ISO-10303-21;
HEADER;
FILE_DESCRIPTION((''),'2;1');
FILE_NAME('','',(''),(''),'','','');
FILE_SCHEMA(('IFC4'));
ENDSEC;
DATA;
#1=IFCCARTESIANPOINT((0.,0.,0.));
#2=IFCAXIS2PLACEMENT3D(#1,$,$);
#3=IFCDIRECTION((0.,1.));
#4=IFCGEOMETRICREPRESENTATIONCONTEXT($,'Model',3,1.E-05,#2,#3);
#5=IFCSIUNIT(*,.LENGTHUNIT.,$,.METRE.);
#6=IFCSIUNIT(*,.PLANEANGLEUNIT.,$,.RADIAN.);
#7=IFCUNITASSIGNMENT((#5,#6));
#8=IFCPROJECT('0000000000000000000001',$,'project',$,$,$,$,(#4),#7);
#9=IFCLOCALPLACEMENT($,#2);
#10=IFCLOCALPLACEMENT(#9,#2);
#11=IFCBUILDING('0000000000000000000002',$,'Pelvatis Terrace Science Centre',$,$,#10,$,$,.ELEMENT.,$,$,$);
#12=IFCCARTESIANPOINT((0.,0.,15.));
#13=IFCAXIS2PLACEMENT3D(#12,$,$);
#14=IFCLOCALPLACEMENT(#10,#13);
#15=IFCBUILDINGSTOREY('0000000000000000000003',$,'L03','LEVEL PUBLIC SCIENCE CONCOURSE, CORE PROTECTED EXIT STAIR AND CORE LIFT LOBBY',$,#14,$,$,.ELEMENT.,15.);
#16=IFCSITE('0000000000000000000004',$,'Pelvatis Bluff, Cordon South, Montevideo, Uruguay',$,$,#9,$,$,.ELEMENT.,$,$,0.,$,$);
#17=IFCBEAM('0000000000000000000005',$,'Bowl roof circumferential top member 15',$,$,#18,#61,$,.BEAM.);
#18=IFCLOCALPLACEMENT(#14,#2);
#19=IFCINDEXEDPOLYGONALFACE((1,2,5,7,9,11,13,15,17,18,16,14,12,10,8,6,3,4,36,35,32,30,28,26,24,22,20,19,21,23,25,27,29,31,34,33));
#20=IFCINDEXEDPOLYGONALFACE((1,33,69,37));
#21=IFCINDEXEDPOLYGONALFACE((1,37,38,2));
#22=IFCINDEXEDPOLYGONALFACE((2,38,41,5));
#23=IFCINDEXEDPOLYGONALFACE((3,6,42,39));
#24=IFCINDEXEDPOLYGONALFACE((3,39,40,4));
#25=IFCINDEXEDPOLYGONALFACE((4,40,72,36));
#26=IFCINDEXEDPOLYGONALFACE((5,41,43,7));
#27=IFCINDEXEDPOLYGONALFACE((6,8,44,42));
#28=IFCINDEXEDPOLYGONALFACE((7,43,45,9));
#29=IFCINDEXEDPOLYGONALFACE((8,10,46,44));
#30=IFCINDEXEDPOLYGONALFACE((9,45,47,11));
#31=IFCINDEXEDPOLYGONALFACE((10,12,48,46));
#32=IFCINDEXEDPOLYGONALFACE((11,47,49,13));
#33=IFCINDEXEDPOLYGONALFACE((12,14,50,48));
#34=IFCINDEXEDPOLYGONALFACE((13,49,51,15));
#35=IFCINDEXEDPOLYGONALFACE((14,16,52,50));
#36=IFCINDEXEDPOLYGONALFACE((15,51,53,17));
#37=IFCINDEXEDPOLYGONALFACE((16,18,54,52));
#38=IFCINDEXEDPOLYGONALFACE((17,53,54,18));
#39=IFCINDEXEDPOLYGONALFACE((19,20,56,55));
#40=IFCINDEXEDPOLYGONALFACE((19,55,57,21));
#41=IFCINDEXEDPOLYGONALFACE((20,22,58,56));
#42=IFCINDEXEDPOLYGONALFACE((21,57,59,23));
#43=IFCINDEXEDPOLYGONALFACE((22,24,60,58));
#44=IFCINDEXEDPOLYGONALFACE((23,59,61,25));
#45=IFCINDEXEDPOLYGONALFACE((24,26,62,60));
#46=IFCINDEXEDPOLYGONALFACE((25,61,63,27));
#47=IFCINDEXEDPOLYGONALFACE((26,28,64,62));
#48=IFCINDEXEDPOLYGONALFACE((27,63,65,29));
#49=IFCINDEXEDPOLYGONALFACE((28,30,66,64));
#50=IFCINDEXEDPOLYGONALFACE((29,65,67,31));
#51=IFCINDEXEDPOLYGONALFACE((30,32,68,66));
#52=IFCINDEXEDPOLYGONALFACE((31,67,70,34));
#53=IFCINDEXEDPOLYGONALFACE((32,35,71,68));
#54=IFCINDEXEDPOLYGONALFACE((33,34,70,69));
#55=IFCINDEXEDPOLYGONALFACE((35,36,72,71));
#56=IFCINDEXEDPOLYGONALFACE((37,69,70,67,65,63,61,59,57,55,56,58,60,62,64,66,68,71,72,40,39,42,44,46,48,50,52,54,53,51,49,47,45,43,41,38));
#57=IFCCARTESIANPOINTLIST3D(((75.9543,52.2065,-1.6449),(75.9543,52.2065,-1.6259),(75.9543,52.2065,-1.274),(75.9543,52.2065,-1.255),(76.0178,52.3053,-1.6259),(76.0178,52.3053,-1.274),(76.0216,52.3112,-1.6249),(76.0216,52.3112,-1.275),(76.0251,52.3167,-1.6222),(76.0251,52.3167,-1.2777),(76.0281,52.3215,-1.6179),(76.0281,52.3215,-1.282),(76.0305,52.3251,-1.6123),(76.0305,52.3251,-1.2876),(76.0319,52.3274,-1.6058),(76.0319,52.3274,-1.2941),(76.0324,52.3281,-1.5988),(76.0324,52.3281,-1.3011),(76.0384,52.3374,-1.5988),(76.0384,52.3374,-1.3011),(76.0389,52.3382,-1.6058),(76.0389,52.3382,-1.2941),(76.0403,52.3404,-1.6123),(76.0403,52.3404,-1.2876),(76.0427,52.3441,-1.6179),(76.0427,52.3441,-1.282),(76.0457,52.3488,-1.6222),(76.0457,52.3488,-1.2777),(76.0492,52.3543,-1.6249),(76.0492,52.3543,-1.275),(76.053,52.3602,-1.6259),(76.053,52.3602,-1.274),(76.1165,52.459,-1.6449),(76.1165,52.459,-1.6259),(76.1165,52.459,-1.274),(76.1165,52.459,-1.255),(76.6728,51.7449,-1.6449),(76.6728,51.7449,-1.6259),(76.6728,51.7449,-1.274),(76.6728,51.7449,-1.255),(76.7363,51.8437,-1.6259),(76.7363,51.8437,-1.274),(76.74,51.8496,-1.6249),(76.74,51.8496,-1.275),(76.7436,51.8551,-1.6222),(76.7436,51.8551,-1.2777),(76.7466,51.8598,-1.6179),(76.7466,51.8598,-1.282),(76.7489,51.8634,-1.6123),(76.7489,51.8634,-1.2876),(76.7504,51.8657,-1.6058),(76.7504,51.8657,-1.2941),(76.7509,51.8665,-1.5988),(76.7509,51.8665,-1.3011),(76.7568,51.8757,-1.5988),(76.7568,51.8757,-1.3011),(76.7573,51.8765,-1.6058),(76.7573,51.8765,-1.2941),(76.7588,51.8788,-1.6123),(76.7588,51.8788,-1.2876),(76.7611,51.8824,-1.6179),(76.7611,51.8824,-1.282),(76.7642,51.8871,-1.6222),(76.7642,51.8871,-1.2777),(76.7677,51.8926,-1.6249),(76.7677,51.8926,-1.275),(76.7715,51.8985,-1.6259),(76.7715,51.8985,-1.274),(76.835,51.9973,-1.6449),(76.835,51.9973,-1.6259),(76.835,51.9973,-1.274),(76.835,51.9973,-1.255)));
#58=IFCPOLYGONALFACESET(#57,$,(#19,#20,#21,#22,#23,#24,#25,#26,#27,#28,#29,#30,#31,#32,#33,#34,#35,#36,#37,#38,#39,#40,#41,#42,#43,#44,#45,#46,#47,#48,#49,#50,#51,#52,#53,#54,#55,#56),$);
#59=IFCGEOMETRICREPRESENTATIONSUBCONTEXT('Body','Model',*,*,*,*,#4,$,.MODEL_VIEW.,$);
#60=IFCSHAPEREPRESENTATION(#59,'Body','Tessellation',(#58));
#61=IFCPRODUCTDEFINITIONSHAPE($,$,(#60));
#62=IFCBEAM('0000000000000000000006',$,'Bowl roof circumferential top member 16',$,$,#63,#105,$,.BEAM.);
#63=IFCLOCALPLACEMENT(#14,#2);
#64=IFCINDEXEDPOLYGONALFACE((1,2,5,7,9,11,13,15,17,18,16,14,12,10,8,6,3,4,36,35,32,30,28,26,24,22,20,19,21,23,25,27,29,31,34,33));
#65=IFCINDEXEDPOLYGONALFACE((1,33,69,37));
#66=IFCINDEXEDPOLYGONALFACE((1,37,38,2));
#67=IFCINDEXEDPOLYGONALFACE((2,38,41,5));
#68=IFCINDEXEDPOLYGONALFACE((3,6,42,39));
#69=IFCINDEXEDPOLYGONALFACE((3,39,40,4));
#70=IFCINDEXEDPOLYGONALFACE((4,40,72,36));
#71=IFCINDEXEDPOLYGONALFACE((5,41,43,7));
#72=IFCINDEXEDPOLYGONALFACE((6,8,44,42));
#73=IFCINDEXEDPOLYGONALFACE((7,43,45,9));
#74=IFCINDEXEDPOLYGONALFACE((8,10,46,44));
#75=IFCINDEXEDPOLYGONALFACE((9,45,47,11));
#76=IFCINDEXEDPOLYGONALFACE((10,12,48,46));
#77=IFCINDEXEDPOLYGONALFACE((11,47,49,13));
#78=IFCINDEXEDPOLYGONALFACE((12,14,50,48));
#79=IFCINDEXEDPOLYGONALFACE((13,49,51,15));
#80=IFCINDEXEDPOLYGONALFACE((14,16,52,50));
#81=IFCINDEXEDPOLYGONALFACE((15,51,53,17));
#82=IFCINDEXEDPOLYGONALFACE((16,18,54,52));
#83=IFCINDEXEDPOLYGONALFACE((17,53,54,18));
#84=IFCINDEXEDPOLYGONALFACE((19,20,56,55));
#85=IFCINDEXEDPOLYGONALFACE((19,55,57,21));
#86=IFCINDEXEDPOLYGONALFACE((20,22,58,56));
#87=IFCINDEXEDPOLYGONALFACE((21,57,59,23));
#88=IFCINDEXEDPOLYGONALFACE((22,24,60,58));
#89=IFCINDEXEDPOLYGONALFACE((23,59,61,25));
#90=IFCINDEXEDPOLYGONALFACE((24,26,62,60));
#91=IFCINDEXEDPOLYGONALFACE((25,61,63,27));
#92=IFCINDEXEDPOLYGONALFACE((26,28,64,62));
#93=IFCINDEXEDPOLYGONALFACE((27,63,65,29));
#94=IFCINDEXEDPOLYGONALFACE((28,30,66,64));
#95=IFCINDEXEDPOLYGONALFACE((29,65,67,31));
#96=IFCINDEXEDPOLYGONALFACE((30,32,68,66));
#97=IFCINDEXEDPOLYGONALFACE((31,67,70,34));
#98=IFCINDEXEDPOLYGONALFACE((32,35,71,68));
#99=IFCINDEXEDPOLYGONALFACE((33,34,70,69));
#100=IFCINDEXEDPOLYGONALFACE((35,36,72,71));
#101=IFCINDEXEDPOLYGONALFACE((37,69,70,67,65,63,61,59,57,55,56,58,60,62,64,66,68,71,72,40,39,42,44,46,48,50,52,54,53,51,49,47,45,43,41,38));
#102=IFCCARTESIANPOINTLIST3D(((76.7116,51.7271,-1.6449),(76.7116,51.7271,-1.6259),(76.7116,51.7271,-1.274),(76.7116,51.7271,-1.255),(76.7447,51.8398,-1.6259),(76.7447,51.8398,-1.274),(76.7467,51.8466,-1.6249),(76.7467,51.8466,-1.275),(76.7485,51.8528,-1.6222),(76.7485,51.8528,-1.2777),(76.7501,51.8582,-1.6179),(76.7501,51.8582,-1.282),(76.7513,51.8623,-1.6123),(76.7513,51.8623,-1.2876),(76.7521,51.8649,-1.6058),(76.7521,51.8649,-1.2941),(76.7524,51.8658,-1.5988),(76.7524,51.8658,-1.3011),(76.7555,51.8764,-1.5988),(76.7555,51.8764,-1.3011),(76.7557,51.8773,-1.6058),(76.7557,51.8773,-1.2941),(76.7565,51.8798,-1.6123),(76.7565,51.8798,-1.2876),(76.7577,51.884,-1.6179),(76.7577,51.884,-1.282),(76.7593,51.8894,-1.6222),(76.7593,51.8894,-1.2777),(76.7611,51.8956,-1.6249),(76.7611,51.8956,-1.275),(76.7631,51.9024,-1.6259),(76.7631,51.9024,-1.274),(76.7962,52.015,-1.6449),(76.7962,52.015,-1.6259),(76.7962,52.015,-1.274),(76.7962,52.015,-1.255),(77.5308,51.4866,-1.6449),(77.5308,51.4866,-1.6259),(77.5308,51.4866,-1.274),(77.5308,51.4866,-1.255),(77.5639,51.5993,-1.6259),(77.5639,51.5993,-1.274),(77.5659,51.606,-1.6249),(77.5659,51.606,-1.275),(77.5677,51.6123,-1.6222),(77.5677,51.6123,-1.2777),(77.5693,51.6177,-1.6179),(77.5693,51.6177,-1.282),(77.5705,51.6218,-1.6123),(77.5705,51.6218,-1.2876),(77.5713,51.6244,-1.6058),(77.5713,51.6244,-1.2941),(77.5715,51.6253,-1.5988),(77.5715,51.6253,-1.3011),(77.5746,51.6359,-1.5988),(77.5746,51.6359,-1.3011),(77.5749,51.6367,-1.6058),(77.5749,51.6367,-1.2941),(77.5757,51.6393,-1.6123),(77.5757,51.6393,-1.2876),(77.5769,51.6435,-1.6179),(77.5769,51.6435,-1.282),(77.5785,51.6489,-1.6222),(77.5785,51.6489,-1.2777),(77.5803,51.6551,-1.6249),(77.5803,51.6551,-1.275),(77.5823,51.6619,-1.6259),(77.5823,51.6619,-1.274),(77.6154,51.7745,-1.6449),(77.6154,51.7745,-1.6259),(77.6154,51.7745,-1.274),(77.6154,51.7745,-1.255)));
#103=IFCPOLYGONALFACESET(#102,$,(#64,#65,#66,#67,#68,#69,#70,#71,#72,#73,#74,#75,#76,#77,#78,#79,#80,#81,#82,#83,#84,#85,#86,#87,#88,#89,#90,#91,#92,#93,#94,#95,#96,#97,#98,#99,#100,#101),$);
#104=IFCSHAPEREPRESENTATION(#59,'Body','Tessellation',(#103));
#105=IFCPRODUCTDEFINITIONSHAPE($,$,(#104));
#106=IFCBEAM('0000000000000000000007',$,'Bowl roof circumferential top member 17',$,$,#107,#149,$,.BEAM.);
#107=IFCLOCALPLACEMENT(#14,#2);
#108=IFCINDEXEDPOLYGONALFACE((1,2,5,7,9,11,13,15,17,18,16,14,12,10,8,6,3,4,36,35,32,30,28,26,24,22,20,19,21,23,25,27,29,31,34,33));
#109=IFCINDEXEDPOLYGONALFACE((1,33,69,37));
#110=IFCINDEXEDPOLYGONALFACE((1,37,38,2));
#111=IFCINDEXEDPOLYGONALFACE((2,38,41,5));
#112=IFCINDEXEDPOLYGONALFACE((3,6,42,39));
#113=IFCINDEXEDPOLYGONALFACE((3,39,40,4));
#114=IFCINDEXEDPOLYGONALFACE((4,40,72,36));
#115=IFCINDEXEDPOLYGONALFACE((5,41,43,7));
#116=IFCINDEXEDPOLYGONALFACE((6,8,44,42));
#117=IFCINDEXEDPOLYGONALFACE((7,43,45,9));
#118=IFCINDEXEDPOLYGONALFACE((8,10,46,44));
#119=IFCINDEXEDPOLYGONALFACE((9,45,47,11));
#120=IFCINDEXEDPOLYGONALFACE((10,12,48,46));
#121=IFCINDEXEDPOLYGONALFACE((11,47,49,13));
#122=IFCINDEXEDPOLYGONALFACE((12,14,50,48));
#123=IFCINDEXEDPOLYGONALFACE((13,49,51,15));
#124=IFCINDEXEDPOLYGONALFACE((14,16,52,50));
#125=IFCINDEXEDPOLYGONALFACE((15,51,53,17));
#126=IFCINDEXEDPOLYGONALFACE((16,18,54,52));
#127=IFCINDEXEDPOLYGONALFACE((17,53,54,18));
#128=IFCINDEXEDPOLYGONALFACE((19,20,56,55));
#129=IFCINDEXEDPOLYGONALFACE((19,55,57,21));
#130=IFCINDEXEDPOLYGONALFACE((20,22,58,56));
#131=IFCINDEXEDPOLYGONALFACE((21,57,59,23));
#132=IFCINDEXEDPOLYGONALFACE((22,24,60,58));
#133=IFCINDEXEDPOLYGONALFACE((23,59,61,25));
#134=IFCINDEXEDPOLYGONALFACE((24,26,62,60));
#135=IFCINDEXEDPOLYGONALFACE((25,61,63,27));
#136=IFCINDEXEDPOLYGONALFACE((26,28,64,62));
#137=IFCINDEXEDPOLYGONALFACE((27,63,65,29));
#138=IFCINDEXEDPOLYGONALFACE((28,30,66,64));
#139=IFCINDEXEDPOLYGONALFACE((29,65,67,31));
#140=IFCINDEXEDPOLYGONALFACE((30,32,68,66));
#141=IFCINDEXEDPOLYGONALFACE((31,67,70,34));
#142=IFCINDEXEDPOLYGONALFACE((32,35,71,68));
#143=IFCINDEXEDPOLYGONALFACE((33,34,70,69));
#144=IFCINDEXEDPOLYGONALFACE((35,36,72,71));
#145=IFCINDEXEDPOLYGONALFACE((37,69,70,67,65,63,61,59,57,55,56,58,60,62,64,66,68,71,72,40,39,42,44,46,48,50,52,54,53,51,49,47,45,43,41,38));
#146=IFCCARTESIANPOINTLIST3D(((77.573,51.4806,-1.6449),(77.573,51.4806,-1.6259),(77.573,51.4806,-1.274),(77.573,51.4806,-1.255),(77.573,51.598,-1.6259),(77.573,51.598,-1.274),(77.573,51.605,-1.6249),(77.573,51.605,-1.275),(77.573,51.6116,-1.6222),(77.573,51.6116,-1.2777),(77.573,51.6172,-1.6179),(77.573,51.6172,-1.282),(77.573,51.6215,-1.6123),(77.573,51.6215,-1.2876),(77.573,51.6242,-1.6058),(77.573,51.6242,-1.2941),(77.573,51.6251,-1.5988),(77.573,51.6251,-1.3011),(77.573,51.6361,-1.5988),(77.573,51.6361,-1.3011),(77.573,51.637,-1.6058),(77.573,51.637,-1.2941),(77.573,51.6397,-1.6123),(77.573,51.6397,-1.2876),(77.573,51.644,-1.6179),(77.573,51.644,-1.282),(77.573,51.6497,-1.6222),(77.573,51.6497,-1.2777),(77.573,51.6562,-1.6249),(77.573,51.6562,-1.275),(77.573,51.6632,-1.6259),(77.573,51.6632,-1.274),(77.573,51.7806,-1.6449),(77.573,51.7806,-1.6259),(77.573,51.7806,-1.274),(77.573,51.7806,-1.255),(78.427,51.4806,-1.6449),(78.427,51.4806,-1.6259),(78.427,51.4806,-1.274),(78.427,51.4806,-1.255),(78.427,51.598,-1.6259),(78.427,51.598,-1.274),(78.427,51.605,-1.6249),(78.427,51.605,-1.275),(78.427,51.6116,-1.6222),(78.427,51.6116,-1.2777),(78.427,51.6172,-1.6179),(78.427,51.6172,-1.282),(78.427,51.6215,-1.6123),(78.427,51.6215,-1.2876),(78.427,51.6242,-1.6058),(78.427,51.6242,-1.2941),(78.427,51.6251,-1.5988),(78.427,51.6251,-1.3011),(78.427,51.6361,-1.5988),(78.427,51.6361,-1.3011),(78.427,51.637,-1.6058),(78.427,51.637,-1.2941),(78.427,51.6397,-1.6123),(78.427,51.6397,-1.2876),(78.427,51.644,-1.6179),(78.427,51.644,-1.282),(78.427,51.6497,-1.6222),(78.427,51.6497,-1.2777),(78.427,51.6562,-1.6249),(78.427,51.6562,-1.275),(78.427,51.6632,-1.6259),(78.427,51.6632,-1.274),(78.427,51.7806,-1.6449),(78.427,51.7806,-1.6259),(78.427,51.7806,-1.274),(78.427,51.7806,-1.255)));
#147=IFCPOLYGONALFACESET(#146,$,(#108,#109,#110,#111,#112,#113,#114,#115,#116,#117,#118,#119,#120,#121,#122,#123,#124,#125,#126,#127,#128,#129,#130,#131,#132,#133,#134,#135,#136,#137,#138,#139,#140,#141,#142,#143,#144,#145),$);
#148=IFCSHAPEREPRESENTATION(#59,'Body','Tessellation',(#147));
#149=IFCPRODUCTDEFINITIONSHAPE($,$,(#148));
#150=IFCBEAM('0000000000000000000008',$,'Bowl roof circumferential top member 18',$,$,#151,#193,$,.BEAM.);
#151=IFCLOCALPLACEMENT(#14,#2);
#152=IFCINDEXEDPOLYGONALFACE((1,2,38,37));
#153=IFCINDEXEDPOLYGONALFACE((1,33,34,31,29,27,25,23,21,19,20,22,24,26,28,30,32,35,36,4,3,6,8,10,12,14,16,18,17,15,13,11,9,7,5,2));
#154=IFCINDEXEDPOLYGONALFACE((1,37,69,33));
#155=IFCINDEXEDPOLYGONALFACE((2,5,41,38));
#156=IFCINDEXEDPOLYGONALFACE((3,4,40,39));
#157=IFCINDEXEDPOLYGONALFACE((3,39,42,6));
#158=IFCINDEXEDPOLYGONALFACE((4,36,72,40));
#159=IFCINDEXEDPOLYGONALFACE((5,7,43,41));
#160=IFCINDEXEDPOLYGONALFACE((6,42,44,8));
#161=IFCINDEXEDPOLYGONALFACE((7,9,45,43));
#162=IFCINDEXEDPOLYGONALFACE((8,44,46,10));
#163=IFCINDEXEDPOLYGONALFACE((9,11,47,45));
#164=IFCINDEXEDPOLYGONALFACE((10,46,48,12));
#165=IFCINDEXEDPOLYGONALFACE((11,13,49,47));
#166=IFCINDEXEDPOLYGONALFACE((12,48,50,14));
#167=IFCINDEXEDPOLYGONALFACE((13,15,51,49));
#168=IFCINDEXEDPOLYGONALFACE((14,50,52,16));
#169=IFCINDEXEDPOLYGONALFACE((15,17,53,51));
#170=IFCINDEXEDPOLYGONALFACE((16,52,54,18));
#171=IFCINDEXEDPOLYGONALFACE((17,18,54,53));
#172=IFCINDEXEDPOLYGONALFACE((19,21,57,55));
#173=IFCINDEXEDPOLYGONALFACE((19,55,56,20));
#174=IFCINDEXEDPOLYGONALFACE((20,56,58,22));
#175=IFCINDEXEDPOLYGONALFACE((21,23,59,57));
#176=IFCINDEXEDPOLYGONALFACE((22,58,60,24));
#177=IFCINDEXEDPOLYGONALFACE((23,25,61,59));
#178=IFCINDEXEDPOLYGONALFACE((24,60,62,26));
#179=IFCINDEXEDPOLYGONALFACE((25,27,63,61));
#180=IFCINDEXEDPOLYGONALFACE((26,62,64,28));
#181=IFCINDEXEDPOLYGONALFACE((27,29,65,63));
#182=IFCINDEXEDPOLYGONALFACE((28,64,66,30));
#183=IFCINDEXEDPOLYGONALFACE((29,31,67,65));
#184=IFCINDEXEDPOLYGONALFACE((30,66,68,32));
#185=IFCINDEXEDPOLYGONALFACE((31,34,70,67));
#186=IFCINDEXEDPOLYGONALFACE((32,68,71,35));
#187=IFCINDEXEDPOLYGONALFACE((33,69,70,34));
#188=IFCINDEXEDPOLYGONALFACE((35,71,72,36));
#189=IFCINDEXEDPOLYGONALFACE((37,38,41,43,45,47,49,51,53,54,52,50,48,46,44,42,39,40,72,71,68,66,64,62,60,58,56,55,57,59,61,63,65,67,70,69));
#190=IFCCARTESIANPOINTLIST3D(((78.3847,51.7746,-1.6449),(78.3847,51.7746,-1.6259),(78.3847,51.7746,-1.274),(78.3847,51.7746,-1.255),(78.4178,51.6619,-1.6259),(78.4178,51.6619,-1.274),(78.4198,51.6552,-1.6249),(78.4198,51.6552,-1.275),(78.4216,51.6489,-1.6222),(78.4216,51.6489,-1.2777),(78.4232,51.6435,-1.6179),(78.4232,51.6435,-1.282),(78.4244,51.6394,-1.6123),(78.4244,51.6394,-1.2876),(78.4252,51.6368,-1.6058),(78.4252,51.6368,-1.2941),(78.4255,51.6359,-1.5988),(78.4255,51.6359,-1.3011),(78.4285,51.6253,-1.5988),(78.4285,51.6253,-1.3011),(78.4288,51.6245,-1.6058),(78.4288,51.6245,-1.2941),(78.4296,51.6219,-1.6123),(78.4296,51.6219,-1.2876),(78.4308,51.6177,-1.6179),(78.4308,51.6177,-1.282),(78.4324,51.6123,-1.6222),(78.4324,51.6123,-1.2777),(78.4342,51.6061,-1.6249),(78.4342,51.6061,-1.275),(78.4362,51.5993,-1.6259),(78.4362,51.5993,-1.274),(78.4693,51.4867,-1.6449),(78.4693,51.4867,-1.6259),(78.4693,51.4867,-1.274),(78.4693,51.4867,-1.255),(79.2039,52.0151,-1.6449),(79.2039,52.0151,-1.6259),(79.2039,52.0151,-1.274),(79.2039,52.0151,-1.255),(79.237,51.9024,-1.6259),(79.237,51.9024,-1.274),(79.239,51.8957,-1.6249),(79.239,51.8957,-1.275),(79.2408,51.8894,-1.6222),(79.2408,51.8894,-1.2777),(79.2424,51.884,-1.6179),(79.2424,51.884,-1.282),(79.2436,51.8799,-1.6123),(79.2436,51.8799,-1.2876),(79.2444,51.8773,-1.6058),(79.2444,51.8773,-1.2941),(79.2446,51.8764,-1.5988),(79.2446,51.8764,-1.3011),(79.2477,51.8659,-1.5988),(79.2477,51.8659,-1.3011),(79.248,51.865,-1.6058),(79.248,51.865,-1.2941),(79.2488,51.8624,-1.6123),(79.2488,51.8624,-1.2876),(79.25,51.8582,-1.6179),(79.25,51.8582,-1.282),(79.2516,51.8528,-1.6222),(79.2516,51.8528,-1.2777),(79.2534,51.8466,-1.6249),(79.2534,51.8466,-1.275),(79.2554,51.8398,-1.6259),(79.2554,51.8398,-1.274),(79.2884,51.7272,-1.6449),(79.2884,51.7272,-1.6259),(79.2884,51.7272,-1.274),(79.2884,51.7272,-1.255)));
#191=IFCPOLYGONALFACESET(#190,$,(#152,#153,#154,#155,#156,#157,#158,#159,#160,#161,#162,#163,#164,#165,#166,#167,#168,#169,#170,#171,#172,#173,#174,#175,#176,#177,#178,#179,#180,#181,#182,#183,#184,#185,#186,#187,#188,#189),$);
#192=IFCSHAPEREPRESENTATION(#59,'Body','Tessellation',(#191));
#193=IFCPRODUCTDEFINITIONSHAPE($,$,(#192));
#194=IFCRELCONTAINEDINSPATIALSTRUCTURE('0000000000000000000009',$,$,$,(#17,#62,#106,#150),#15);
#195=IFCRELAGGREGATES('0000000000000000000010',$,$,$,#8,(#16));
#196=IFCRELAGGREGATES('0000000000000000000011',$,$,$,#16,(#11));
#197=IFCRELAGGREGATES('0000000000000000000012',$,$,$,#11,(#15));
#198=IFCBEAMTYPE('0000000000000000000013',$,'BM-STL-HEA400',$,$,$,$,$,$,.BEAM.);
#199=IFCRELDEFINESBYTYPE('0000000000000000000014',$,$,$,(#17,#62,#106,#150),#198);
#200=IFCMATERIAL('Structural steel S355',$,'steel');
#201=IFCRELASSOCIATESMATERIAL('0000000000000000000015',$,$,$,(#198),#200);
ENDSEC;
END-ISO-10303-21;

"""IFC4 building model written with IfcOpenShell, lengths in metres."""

from ifc_helpers import new_model, si_unit, direction, frame, origin, origin_2d, place, context, subcontext, project, spatial, i_section, extrude, material, material_profile, profile_set, type_object, element, save


model = new_model("IFC4")

# Units and contexts
model_context = context("Model", 3, precision=1e-05, world=origin(), true_north=direction((0.0, 1.0)))
body_context = subcontext(model_context, "Body", "Model", "MODEL_VIEW")
ifc_project = project(units=[si_unit("LENGTHUNIT", "METRE"), si_unit("PLANEANGLEUNIT", "RADIAN")], contexts=[model_context])

# Site, building, storey
site_placement = place(None, origin())
site = spatial("IfcSite", under=ifc_project, at=site_placement, Name="Pelvatis Bluff, Cordon South, Montevideo, Uruguay", CompositionType="ELEMENT", RefElevation=0.0)
building_placement = place(site_placement, origin())
building = spatial("IfcBuilding", under=site, at=building_placement, Name="Pelvatis Terrace Science Centre", CompositionType="ELEMENT")
storey_placement = place(building_placement, frame((0.0, 0.0, 15.0)))
storey = spatial("IfcBuildingStorey", under=building, at=storey_placement, Name="L03", Description="LEVEL PUBLIC SCIENCE CONCOURSE, CORE PROTECTED EXIT STAIR AND CORE LIFT LOBBY", CompositionType="ELEMENT", Elevation=15.0)

# Beams
ifc_material_1 = material(Name="Structural steel S355", Category="steel")
ifc_material_profile_1 = material_profile(ifc_material_1, i_section(OverallWidth=0.3, OverallDepth=0.3899, WebThickness=0.011, FlangeThickness=0.019, FilletRadius=0.0271, at=origin_2d()), Name="HEA 400")
ifc_profile_set_1 = profile_set([ifc_material_profile_1], Name="Structural steel S355")
beam_type_1 = type_object("IfcBeamType", Name="BM-STL-HEA400", PredefinedType="BEAM", material=ifc_profile_set_1)
beam_1_placement = place(storey_placement, frame((76.0354, 52.3328, -1.45), z_axis=(0.841299, -0.54057, 0.0), x_axis=(0.54057, 0.841299, 0.0)))
element("IfcBeam", 1, at=beam_1_placement, inside=storey, type_object=beam_type_1, Name="Bowl roof circumferential top member 15", PredefinedType="BEAM", context=body_context, shape_type="SweptSolid", body=[
    extrude(i_section(OverallWidth=0.3, OverallDepth=0.3899, WebThickness=0.011, FlangeThickness=0.019, FilletRadius=0.0271, at=origin_2d()), origin(), (0.0, 0.0, 1.0), 0.854),
])
beam_2_placement = place(storey_placement, frame((76.7539, 51.8711, -1.45), z_axis=(0.959502, -0.281702, 0.0), x_axis=(0.281702, 0.959502, 0.0)))
element("IfcBeam", 2, at=beam_2_placement, inside=storey, type_object=beam_type_1, Name="Bowl roof circumferential top member 16", PredefinedType="BEAM", context=body_context, shape_type="SweptSolid", body=[
    extrude(i_section(OverallWidth=0.3, OverallDepth=0.3899, WebThickness=0.011, FlangeThickness=0.019, FilletRadius=0.0271, at=origin_2d()), origin(), (0.0, 0.0, 1.0), 0.8538),
])
beam_3_placement = place(storey_placement, frame((77.573, 51.6306, -1.45), z_axis=(1.0, 0.0, 0.0), x_axis=(0.0, 1.0, 0.0)))
element("IfcBeam", 3, at=beam_3_placement, inside=storey, type_object=beam_type_1, Name="Bowl roof circumferential top member 17", PredefinedType="BEAM", context=body_context, shape_type="SweptSolid", body=[
    extrude(i_section(OverallWidth=0.3, OverallDepth=0.3899, WebThickness=0.011, FlangeThickness=0.019, FilletRadius=0.0271, at=origin_2d()), origin(), (0.0, 0.0, 1.0), 0.854),
])
beam_4_placement = place(storey_placement, frame((78.427, 51.6306, -1.45), z_axis=(0.959502, 0.281702, 0.0), x_axis=(-0.281702, 0.959502, 0.0)))
element("IfcBeam", 4, at=beam_4_placement, inside=storey, type_object=beam_type_1, Name="Bowl roof circumferential top member 18", PredefinedType="BEAM", context=body_context, shape_type="SweptSolid", body=[
    extrude(i_section(OverallWidth=0.3, OverallDepth=0.3899, WebThickness=0.011, FlangeThickness=0.019, FilletRadius=0.0271, at=origin_2d()), origin(), (0.0, 0.0, 1.0), 0.8538),
])

save(model, "model.ifc")
